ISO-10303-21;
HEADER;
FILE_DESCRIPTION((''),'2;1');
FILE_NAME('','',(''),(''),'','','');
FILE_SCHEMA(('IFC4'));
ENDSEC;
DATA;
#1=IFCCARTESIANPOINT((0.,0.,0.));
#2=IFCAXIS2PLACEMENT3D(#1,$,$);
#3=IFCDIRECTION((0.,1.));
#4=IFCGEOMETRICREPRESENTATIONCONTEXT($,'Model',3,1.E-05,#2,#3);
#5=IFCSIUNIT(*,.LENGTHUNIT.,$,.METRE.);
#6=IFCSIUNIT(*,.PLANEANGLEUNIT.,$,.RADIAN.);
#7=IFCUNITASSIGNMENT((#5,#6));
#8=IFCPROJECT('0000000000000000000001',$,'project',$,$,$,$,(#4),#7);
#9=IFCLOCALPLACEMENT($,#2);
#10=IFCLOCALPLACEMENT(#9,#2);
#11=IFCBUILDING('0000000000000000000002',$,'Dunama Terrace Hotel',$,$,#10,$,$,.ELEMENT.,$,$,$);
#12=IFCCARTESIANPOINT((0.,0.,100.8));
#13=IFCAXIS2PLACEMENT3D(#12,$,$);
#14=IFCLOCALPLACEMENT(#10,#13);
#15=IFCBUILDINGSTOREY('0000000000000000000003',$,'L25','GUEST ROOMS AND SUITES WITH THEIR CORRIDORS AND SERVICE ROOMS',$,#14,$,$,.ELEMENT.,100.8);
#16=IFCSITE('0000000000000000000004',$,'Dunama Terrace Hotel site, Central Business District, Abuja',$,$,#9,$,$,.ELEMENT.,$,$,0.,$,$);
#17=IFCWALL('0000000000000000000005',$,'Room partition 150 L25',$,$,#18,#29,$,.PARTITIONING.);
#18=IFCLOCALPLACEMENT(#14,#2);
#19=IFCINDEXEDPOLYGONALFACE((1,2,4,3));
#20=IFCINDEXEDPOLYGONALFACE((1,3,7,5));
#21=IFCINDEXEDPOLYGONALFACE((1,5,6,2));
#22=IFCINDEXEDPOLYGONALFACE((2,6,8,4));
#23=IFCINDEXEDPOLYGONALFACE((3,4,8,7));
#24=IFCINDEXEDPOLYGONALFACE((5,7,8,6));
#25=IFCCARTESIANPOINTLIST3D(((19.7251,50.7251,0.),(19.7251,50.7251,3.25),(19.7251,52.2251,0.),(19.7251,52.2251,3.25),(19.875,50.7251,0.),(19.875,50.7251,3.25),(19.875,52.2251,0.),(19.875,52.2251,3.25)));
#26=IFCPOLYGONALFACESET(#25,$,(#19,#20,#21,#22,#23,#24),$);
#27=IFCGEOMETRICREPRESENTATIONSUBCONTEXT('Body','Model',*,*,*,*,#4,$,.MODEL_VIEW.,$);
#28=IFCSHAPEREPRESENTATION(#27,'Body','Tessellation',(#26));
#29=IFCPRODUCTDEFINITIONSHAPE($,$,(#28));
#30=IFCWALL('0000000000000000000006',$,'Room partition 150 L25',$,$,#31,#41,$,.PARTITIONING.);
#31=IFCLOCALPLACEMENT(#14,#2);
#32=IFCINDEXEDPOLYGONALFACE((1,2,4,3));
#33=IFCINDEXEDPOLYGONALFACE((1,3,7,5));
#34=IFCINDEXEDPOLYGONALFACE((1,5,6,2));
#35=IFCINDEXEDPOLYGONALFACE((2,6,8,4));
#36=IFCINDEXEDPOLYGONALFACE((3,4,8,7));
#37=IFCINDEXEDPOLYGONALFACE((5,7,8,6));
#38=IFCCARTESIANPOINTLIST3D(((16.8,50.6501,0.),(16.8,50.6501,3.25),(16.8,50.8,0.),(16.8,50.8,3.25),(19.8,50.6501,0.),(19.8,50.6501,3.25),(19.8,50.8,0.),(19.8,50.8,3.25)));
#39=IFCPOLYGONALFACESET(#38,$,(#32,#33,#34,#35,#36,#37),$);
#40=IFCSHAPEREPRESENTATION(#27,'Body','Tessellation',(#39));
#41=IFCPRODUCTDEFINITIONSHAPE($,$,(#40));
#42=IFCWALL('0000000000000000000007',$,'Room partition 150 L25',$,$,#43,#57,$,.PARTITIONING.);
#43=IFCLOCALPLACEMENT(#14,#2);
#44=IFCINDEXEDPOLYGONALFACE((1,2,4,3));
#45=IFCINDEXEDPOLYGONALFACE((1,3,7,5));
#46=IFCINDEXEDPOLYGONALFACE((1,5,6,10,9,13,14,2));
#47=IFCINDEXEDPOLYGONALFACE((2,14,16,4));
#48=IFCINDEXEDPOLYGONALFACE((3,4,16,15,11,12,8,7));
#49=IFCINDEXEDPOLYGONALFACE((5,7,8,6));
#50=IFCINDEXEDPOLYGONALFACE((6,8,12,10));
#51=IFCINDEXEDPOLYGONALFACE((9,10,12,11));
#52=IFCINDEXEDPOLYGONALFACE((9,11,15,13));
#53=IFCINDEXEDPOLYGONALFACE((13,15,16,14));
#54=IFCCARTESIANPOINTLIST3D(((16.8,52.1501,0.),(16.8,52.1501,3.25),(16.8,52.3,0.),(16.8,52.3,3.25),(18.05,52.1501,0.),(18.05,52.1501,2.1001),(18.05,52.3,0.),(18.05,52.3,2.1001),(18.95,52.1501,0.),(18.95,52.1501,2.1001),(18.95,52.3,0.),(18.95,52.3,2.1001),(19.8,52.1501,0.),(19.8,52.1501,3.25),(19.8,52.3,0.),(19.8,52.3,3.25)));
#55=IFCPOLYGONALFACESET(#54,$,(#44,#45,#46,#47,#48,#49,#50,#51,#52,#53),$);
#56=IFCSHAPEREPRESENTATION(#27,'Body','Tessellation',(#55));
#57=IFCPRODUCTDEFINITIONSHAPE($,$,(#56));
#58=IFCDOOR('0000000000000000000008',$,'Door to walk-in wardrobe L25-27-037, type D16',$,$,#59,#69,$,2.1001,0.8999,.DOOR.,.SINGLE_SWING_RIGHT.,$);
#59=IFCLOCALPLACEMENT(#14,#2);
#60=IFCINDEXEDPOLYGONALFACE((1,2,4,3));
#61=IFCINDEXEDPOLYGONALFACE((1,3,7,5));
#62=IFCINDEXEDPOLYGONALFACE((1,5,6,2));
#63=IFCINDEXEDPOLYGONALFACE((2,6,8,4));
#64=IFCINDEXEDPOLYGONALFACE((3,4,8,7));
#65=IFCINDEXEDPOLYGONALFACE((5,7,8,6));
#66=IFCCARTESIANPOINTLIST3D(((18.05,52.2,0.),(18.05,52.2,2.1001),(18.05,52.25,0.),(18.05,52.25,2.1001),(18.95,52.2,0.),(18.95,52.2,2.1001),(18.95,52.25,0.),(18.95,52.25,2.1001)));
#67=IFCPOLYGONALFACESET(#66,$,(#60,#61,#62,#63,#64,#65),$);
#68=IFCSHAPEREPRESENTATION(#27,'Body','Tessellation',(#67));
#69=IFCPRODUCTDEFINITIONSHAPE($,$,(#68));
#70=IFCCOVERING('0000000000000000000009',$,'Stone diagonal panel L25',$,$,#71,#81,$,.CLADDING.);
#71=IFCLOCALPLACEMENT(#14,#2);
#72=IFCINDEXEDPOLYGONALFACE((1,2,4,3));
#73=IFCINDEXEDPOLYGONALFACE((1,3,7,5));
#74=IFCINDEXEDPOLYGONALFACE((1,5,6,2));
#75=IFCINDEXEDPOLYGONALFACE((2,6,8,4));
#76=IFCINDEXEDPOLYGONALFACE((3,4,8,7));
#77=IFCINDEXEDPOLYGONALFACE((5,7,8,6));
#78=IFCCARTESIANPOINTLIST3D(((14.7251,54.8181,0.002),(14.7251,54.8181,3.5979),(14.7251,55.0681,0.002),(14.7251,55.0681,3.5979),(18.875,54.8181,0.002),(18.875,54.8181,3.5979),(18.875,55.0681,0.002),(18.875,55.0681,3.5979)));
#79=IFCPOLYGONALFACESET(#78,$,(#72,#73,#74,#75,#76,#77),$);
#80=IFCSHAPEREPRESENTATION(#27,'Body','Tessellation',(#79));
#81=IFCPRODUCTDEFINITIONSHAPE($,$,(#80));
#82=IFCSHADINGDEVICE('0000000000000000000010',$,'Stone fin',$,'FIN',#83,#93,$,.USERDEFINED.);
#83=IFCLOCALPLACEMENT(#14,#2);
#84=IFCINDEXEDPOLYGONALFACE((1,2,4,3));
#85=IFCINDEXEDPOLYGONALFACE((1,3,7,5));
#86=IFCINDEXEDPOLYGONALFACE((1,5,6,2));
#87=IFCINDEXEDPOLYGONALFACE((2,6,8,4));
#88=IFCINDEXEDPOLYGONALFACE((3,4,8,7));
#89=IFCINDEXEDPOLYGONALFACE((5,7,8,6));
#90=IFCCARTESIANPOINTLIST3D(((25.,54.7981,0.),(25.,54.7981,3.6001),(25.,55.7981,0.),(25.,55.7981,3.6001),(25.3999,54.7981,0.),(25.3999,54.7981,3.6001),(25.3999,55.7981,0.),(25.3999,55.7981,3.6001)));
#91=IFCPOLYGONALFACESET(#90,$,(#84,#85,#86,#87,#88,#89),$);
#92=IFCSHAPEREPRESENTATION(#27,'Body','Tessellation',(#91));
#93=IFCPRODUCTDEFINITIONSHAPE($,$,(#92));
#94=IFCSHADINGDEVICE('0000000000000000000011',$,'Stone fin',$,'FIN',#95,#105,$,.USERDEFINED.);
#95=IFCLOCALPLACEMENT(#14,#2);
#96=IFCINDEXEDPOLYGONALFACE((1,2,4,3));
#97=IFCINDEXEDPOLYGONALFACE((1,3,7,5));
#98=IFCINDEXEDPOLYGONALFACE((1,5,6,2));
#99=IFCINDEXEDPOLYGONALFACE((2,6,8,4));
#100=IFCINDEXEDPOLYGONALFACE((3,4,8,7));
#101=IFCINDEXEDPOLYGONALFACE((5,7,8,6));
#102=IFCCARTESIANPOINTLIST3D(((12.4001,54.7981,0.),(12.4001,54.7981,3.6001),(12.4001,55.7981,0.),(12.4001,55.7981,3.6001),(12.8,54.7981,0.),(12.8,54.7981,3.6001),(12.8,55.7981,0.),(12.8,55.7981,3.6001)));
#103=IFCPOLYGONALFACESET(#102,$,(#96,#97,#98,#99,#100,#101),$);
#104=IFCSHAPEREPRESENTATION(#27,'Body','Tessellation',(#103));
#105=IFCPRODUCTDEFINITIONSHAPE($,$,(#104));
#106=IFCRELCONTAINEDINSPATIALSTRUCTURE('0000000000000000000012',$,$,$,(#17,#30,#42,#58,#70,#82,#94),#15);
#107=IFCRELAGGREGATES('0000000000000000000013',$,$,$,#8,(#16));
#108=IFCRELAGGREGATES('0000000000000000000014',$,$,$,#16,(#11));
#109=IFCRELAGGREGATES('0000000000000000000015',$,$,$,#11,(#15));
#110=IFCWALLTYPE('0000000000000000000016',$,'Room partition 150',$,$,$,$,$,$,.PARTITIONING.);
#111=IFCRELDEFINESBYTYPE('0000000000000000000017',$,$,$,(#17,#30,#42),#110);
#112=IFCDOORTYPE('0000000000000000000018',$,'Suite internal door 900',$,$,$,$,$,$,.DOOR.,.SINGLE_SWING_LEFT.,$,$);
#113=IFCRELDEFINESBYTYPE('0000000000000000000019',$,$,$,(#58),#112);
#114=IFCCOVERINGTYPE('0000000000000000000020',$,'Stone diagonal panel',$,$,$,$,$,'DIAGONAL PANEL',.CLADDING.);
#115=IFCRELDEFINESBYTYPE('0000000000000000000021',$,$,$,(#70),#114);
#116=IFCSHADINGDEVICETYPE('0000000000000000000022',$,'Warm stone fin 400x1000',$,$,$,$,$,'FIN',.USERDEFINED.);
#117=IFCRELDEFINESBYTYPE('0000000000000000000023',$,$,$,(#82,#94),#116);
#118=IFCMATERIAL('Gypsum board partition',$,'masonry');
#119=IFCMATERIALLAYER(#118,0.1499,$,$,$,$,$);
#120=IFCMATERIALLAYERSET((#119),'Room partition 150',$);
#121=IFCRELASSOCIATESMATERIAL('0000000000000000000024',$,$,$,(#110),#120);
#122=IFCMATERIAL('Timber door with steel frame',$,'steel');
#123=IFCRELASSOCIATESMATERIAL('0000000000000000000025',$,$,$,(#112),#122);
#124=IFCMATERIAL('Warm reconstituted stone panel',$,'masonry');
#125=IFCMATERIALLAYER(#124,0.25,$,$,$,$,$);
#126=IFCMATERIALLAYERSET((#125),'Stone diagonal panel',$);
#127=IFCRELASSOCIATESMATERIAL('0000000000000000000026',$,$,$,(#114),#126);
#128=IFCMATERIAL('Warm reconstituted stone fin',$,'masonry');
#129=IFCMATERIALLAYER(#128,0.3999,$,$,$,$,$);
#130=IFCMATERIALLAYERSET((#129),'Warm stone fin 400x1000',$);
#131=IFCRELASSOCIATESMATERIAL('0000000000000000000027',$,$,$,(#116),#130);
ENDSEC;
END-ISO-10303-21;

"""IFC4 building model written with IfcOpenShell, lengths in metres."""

from ifc_helpers import new_model, si_unit, direction, frame, frame_2d, origin, origin_2d, place, context, subcontext, project, spatial, rectangle, extrude, material, layer, layer_set, type_object, element, fill, save


model = new_model("IFC4")

# Units and contexts
model_context = context("Model", 3, precision=1e-05, world=origin(), true_north=direction((0.0, 1.0)))
body_context = subcontext(model_context, "Body", "Model", "MODEL_VIEW")
ifc_project = project(units=[si_unit("LENGTHUNIT", "METRE"), si_unit("PLANEANGLEUNIT", "RADIAN")], contexts=[model_context])

# Site, building, storey
site_placement = place(None, origin())
site = spatial("IfcSite", under=ifc_project, at=site_placement, Name="Dunama Terrace Hotel site, Central Business District, Abuja", CompositionType="ELEMENT", RefElevation=0.0)
building_placement = place(site_placement, origin())
building = spatial("IfcBuilding", under=site, at=building_placement, Name="Dunama Terrace Hotel", CompositionType="ELEMENT")
storey_placement = place(building_placement, frame((0.0, 0.0, 100.8)))
storey = spatial("IfcBuildingStorey", under=building, at=storey_placement, Name="L25", Description="GUEST ROOMS AND SUITES WITH THEIR CORRIDORS AND SERVICE ROOMS", CompositionType="ELEMENT", Elevation=100.8)

# Walls
ifc_material_1 = material(Name="Gypsum board partition", Category="masonry")
ifc_layer_1 = layer(ifc_material_1, 0.1499)
ifc_layer_set_1 = layer_set([ifc_layer_1], Name="Room partition 150")
wall_type_1 = type_object("IfcWallType", Name="Room partition 150", PredefinedType="PARTITIONING", material=ifc_layer_set_1)
wall_1_placement = place(storey_placement, frame((19.8, 50.7251, 0.0), z_axis=(0.0, 0.0, 1.0), x_axis=(0.0, 1.0, 0.0)))
element("IfcWall", 1, at=wall_1_placement, inside=storey, type_object=wall_type_1, Name="Room partition 150 L25", PredefinedType="PARTITIONING", context=body_context, shape_type="SweptSolid", body=[
    extrude(rectangle(XDim=1.5, YDim=0.1499, at=frame_2d((0.75, 0.0))), origin(), (0.0, 0.0, 1.0), 3.25),
])
wall_2_placement = place(storey_placement, frame((16.8, 50.7251, 0.0), z_axis=(0.0, 0.0, 1.0), x_axis=(1.0, 0.0, 0.0)))
element("IfcWall", 2, at=wall_2_placement, inside=storey, type_object=wall_type_1, Name="Room partition 150 L25", PredefinedType="PARTITIONING", context=body_context, shape_type="SweptSolid", body=[
    extrude(rectangle(XDim=3.0, YDim=0.1499, at=frame_2d((1.5, 0.0))), origin(), (0.0, 0.0, 1.0), 3.25),
])

# Wall, opening, door
wall_3_placement = place(storey_placement, frame((16.8, 52.2251, 0.0), z_axis=(0.0, 0.0, 1.0), x_axis=(1.0, 0.0, 0.0)))
wall_3 = element("IfcWall", 3, at=wall_3_placement, inside=storey, type_object=wall_type_1, Name="Room partition 150 L25", PredefinedType="PARTITIONING", context=body_context, shape_type="SweptSolid", body=[
    extrude(rectangle(XDim=3.0, YDim=0.1499, at=frame_2d((1.5, 0.0))), origin(), (0.0, 0.0, 1.0), 3.25),
])
opening_1_placement = place(wall_3_placement, frame((1.25, 0.0, 0.0)))
opening_1 = element("IfcOpeningElement", 4, at=opening_1_placement, cuts=wall_3, PredefinedType="OPENING", context=body_context, shape_type="SweptSolid", body=[
    extrude(rectangle(XDim=0.8999, YDim=2.1001, at=frame_2d((0.45, 1.05))), frame((0.0, 0.085, 0.0), z_axis=(0.0, -1.0, 0.0), x_axis=(1.0, 0.0, 0.0)), (0.0, 0.0, 1.0), 0.1699),
])
ifc_material_2 = material(Name="Timber door with steel frame", Category="steel")
door_type_1 = type_object("IfcDoorType", Name="Suite internal door 900", OperationType="SINGLE_SWING_LEFT", PredefinedType="DOOR", material=ifc_material_2)
door_1_placement = place(opening_1_placement, frame((0.8999, 0.0, 0.0), z_axis=(0.0, 0.0, 1.0), x_axis=(-1.0, 0.0, 0.0)))
door_1 = element("IfcDoor", 5, at=door_1_placement, inside=storey, type_object=door_type_1, Name="Door to walk-in wardrobe L25-27-037, type D16", OperationType="SINGLE_SWING_RIGHT", OverallHeight=2.1001, OverallWidth=0.8999, PredefinedType="DOOR", context=body_context, shape_type="SweptSolid", body=[
    extrude(rectangle(XDim=0.8999, YDim=2.1001, at=frame_2d((0.45, 1.05))), frame((0.0, 0.0251, 0.0), z_axis=(0.0, -1.0, 0.0), x_axis=(1.0, 0.0, 0.0)), (0.0, 0.0, 1.0), 0.05),
])
fill(opening_1, door_1)

# Covering
ifc_material_3 = material(Name="Warm reconstituted stone panel", Category="masonry")
ifc_layer_2 = layer(ifc_material_3, 0.25)
ifc_layer_set_2 = layer_set([ifc_layer_2], Name="Stone diagonal panel")
covering_type = type_object("IfcCoveringType", Name="Stone diagonal panel", ElementType="DIAGONAL PANEL", PredefinedType="CLADDING", material=ifc_layer_set_2)
covering_placement = place(storey_placement, frame((16.8, 54.9431, 0.002), z_axis=(0.0, 0.0, 1.0), x_axis=(-1.0, 0.0, 0.0)))
element("IfcCovering", 6, at=covering_placement, inside=storey, type_object=covering_type, Name="Stone diagonal panel L25", PredefinedType="CLADDING", context=body_context, shape_type="SweptSolid", body=[
    extrude(rectangle(XDim=4.1499, YDim=0.25, at=origin_2d()), origin(), (0.0, 0.0, 1.0), 3.5959),
])

# Shading devices
ifc_material_4 = material(Name="Warm reconstituted stone fin", Category="masonry")
ifc_layer_3 = layer(ifc_material_4, 0.3999)
ifc_layer_set_3 = layer_set([ifc_layer_3], Name="Warm stone fin 400x1000")
shading_device_type = type_object("IfcShadingDeviceType", Name="Warm stone fin 400x1000", ElementType="FIN", PredefinedType="USERDEFINED", material=ifc_layer_set_3)
for number, where, z_axis, x_axis, name in (
    (7, (25.2, 55.2981, 0.0), (0.0, 0.0, 1.0), (-1.0, 0.0, 0.0), "Stone fin"),
    (8, (12.6001, 55.2981, 0.0), (0.0, 0.0, 1.0), (-1.0, 0.0, 0.0), "Stone fin"),
):
    element("IfcShadingDevice", number, at=place(storey_placement, frame(where, z_axis=z_axis, x_axis=x_axis)), inside=storey, type_object=shading_device_type, Name=name, ObjectType="FIN", PredefinedType="USERDEFINED", context=body_context, shape_type="SweptSolid", body=[
        extrude(rectangle(XDim=0.3999, YDim=1.0, at=origin_2d()), origin(), (0.0, 0.0, 1.0), 3.6001),
    ])

save(model, "model.ifc")
